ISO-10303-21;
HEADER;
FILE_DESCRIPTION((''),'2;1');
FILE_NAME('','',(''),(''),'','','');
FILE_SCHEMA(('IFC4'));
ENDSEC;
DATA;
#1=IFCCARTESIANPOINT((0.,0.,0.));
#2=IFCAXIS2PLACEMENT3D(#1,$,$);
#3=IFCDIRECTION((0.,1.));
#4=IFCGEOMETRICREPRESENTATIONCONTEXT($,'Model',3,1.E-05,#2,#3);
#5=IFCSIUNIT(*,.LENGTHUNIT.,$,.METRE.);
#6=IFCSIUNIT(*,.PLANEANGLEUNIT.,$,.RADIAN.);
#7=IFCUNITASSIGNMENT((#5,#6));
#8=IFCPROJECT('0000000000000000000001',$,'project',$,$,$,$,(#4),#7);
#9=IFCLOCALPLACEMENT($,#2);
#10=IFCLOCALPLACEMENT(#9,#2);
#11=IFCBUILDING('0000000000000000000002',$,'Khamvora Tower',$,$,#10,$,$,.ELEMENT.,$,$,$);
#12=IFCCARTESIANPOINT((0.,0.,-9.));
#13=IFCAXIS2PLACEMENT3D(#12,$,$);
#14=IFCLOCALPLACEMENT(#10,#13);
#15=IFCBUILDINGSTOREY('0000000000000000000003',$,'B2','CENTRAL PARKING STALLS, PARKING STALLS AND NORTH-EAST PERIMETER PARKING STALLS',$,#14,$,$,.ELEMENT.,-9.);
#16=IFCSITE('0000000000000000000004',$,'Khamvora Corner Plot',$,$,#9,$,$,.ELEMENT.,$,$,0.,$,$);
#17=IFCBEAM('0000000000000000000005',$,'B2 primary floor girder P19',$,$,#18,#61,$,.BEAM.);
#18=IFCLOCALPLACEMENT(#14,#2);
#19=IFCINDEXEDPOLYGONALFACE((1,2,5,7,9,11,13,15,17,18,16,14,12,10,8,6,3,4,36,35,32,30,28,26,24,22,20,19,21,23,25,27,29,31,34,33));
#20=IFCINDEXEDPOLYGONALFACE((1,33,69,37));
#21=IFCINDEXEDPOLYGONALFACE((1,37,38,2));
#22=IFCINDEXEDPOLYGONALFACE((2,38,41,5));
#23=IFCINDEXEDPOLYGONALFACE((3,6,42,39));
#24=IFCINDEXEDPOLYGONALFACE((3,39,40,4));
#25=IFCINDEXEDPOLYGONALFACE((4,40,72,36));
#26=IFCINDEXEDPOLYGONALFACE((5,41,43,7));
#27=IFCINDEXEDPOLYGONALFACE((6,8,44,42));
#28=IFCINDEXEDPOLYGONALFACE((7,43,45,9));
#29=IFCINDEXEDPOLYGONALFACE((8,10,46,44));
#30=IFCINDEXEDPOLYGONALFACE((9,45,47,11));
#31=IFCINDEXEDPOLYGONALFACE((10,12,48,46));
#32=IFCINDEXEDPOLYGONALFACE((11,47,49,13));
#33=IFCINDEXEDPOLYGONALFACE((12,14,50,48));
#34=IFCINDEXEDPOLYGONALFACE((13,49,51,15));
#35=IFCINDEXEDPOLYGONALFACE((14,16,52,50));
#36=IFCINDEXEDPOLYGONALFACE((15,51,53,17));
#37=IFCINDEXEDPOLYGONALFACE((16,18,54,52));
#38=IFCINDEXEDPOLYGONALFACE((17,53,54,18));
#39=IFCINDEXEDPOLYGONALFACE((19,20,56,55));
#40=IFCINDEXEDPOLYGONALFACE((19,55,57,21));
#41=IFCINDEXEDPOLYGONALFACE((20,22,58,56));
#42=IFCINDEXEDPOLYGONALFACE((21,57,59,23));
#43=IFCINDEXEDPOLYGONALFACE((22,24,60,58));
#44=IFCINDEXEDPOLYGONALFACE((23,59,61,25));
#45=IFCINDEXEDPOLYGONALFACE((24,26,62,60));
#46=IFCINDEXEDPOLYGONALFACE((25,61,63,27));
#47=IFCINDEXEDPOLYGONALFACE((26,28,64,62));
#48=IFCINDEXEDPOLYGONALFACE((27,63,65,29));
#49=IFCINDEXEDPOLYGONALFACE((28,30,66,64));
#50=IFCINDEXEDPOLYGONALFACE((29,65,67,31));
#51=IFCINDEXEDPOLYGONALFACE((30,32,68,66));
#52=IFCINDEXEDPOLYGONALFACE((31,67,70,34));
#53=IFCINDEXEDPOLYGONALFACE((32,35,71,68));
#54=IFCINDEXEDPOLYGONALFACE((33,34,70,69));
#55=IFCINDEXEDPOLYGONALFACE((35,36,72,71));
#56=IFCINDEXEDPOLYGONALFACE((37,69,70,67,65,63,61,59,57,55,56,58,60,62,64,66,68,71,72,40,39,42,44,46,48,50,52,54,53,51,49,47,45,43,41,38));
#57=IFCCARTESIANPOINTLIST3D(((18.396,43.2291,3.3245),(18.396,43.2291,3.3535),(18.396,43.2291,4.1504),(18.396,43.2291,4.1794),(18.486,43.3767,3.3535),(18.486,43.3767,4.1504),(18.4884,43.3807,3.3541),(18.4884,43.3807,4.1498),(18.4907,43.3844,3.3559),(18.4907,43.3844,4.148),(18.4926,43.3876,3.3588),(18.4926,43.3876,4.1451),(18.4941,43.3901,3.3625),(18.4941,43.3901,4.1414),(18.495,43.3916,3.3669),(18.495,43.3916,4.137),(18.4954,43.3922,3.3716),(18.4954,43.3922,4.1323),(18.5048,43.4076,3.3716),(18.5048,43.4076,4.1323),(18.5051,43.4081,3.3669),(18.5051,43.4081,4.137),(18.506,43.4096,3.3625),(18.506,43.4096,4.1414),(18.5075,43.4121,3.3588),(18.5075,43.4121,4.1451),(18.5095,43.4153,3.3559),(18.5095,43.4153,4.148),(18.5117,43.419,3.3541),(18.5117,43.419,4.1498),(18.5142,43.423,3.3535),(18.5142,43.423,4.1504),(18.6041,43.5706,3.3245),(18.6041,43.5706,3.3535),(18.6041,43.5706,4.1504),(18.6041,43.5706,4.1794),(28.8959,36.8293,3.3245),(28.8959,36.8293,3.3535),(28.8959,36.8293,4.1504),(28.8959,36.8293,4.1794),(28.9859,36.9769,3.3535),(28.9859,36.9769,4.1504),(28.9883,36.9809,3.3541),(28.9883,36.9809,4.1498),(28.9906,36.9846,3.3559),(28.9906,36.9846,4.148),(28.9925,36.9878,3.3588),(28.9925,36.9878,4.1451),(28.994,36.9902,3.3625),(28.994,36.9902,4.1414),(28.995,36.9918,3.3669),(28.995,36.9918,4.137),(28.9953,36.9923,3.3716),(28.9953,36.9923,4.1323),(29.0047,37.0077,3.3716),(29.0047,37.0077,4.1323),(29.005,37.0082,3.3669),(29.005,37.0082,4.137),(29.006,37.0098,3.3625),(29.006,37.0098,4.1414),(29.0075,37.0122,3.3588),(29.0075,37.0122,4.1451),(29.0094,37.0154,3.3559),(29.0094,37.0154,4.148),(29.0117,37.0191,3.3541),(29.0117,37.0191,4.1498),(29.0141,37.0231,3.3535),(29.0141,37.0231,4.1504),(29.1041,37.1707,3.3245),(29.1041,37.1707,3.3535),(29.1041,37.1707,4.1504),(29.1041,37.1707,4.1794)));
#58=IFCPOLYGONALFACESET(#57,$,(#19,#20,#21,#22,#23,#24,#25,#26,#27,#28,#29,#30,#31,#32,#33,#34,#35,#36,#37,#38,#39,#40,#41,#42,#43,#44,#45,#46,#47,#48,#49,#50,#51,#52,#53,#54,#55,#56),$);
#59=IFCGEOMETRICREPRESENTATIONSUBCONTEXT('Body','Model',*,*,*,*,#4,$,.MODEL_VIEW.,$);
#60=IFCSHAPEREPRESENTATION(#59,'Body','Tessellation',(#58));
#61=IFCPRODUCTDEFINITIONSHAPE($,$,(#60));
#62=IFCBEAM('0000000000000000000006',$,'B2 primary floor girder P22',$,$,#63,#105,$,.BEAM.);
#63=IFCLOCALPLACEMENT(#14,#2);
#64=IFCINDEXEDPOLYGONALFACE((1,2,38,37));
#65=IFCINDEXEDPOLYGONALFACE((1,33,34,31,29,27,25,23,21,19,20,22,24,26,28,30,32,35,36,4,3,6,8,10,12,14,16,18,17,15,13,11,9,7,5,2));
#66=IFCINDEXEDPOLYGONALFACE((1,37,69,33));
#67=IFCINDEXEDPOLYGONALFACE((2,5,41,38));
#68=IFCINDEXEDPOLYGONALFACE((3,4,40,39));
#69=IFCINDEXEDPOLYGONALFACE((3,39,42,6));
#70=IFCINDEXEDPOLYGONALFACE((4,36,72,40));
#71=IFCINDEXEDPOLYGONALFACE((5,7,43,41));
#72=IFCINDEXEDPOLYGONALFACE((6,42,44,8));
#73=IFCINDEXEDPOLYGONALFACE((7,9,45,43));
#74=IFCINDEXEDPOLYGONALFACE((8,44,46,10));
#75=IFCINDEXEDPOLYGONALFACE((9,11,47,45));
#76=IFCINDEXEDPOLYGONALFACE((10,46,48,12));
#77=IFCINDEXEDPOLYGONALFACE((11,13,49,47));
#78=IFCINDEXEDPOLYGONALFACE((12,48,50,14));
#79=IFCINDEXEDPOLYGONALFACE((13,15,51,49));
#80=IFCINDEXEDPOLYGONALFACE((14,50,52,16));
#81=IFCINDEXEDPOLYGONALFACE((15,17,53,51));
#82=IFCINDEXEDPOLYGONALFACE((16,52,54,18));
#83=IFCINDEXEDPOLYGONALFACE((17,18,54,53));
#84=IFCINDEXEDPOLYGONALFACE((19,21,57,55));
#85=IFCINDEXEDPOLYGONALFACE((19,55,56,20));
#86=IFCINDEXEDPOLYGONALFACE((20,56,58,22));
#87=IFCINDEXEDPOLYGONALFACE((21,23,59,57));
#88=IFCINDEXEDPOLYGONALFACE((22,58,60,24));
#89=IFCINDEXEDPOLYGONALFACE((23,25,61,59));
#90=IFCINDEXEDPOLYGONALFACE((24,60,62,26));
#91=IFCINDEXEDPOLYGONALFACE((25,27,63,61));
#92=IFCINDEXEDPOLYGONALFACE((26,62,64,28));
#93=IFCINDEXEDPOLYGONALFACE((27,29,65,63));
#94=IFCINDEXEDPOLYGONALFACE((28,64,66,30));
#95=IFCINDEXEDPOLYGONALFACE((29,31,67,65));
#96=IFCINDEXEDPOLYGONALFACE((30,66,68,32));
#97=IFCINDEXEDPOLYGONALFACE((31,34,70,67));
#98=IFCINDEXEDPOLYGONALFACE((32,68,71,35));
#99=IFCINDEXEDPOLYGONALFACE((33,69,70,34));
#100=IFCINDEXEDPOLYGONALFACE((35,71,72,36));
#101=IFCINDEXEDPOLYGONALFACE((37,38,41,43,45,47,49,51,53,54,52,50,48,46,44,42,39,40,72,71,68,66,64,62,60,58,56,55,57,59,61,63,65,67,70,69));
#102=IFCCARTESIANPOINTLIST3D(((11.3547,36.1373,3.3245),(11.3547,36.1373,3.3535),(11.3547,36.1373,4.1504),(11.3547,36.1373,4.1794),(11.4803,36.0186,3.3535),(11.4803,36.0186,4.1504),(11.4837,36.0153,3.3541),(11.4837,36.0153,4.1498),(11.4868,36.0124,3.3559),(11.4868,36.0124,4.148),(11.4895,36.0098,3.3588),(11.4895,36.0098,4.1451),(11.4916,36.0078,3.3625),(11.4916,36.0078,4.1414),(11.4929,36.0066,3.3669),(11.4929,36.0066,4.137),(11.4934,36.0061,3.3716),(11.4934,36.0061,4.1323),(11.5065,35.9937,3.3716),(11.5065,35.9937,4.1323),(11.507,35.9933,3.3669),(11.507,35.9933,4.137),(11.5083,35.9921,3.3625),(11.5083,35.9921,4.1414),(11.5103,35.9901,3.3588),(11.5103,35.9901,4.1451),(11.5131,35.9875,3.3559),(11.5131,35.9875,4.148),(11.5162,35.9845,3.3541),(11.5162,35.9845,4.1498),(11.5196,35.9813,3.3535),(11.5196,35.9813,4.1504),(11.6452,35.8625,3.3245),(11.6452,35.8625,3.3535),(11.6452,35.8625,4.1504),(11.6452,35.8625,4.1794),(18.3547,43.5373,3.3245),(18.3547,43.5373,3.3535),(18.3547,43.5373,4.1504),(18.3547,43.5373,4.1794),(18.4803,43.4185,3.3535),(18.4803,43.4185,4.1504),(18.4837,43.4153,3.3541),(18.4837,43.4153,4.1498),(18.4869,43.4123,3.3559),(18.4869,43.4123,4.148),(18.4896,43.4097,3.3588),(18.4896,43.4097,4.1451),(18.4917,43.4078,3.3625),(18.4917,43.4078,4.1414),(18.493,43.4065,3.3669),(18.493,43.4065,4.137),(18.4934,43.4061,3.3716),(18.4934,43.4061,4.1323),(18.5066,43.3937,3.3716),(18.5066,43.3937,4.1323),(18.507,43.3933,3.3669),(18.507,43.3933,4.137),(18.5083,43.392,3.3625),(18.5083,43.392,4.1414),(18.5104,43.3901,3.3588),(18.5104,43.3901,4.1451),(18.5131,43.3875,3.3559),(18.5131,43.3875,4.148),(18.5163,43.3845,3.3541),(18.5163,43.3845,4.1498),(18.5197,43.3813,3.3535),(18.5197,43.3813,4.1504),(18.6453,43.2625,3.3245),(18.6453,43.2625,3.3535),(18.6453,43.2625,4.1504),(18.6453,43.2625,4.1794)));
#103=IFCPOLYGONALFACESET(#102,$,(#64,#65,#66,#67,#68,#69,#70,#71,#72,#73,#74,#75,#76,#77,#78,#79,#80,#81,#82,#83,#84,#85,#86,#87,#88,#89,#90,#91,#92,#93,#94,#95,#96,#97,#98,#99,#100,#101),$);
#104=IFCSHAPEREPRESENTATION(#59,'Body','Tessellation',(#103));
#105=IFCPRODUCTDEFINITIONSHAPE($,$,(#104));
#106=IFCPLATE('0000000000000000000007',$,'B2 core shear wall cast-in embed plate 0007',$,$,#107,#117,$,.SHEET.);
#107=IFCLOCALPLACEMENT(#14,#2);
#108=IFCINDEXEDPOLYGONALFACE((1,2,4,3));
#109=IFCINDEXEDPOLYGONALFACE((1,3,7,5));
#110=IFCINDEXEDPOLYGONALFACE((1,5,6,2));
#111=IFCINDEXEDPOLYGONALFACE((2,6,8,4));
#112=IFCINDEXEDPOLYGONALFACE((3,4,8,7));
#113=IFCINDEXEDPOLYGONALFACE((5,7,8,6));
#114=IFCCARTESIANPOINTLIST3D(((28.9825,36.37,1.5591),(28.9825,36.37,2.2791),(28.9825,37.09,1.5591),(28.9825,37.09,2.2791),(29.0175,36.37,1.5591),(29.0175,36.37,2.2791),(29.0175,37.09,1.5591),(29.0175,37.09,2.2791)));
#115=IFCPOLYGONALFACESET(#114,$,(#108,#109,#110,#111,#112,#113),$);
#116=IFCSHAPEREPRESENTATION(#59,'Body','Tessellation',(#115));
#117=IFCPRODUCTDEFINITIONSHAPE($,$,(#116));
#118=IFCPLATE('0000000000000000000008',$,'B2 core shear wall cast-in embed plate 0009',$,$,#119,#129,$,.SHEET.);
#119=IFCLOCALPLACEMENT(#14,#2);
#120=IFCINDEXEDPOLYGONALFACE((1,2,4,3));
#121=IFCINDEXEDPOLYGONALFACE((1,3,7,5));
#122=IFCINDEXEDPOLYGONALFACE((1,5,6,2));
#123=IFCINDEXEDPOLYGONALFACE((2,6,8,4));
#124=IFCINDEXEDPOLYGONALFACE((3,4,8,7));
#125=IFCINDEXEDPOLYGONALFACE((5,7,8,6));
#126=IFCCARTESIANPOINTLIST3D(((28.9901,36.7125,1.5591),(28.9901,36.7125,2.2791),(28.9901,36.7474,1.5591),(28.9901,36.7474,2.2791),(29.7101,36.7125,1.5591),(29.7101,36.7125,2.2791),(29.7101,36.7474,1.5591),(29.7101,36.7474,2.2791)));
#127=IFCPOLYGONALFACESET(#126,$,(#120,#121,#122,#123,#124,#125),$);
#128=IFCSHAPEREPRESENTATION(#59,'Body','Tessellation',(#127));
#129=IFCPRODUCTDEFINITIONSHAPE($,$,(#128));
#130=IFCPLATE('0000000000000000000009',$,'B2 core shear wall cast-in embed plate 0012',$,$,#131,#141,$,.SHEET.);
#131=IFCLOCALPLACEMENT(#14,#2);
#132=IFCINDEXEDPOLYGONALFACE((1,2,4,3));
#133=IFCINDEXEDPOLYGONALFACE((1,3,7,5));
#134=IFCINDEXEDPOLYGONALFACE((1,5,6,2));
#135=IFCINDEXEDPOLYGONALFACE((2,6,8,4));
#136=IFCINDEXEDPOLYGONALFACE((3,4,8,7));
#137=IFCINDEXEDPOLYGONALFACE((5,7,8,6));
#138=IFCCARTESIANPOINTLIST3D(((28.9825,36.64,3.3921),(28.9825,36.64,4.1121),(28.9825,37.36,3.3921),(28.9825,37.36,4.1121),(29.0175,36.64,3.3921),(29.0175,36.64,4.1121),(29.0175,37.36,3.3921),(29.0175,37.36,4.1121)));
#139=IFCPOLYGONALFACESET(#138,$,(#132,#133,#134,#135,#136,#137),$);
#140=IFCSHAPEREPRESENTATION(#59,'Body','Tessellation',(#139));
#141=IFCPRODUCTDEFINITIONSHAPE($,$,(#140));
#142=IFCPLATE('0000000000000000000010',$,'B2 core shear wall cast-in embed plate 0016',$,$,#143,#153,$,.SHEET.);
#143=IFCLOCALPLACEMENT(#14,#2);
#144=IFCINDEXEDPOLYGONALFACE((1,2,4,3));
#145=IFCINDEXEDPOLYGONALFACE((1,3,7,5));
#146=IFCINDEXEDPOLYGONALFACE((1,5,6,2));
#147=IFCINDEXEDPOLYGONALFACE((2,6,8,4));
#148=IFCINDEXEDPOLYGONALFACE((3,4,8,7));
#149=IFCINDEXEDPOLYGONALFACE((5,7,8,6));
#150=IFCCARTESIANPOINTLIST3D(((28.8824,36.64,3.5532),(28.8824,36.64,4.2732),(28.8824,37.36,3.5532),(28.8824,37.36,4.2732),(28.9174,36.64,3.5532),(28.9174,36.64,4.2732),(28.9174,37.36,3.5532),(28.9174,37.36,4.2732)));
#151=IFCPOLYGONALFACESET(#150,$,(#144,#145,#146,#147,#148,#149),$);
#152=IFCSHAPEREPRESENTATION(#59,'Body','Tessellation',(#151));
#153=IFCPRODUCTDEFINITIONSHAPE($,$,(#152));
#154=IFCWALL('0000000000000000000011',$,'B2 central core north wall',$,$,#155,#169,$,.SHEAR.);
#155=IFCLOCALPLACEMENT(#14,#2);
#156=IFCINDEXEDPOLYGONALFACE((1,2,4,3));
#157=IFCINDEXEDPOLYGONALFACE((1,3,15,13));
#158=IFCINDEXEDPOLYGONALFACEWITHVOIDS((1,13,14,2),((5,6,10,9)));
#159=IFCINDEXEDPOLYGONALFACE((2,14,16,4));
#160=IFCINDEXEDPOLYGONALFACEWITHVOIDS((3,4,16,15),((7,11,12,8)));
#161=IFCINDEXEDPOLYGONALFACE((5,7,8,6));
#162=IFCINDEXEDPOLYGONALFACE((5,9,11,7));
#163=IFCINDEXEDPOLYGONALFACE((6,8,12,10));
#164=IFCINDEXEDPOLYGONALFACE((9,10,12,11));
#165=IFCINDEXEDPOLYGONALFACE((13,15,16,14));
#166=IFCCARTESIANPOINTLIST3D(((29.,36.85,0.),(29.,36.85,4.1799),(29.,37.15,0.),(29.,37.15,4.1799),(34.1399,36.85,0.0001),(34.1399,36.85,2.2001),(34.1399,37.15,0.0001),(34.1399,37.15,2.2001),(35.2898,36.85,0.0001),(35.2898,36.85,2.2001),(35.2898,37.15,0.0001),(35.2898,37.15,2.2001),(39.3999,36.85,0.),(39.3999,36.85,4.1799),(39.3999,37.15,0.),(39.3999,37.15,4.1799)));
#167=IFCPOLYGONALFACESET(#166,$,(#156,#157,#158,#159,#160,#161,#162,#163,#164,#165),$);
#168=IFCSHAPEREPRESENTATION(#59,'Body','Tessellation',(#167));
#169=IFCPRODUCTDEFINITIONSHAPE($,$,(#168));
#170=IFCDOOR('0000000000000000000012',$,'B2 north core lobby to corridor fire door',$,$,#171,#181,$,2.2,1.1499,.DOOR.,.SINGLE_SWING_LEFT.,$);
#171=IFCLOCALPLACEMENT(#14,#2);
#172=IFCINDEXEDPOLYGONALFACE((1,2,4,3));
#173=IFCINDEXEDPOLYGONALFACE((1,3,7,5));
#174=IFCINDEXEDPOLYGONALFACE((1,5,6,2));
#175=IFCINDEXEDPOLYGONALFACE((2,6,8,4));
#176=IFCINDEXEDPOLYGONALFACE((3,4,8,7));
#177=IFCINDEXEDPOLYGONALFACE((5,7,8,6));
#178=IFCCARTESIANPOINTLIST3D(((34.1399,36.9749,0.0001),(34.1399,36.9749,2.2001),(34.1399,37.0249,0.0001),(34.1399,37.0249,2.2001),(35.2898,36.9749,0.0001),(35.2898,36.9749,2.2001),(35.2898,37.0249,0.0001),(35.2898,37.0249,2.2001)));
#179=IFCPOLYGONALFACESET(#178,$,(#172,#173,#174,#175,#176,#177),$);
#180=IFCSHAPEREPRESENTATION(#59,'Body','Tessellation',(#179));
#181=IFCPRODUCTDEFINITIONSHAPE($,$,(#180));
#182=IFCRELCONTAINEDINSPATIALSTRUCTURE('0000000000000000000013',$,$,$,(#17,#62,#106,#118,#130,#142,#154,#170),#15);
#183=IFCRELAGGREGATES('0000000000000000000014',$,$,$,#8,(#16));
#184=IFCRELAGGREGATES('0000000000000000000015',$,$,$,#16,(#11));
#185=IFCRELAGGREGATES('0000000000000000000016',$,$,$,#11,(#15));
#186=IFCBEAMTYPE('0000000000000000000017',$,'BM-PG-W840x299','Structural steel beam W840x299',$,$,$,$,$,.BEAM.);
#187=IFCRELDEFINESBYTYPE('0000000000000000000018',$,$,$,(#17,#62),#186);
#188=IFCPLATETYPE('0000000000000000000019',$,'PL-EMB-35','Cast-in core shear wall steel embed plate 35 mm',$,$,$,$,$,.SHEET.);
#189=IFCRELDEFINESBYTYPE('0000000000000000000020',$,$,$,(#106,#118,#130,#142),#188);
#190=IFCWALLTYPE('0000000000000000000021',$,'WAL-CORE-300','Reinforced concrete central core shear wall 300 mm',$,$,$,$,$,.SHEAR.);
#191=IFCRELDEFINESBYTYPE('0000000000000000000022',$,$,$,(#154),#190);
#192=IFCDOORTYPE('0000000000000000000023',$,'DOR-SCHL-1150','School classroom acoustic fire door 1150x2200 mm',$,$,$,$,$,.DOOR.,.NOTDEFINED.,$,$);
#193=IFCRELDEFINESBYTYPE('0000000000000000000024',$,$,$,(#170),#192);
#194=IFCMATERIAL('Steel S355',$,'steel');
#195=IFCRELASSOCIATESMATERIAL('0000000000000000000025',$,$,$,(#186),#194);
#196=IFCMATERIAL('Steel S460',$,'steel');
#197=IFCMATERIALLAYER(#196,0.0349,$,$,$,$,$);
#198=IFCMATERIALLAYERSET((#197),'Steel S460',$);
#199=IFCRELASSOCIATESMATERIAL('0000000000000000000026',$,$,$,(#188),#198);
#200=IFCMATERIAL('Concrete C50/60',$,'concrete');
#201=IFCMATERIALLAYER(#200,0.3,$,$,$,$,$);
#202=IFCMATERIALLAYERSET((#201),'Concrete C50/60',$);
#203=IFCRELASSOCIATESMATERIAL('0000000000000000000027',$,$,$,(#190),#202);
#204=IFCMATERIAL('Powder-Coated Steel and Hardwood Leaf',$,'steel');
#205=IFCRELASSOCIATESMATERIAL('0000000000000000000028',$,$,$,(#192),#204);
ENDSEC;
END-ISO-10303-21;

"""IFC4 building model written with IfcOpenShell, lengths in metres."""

from ifc_helpers import new_model, si_unit, direction, frame, frame_2d, origin, origin_2d, place, context, subcontext, project, spatial, rectangle, i_section, extrude, material, layer, layer_set, material_profile, profile_set, type_object, element, fill, save


model = new_model("IFC4")

# Units and contexts
model_context = context("Model", 3, precision=1e-05, world=origin(), true_north=direction((0.0, 1.0)))
body_context = subcontext(model_context, "Body", "Model", "MODEL_VIEW")
ifc_project = project(units=[si_unit("LENGTHUNIT", "METRE"), si_unit("PLANEANGLEUNIT", "RADIAN")], contexts=[model_context])

# Site, building, storey
site_placement = place(None, origin())
site = spatial("IfcSite", under=ifc_project, at=site_placement, Name="Khamvora Corner Plot", CompositionType="ELEMENT", RefElevation=0.0)
building_placement = place(site_placement, origin())
building = spatial("IfcBuilding", under=site, at=building_placement, Name="Khamvora Tower", CompositionType="ELEMENT")
storey_placement = place(building_placement, frame((0.0, 0.0, -9.0)))
storey = spatial("IfcBuildingStorey", under=building, at=storey_placement, Name="B2", Description="CENTRAL PARKING STALLS, PARKING STALLS AND NORTH-EAST PERIMETER PARKING STALLS", CompositionType="ELEMENT", Elevation=-9.0)

# Shared definitions
ifc_material_1 = material(Name="Steel S460", Category="steel")

# Beams
ifc_material_2 = material(Name="Steel S355", Category="steel")
ifc_material_profile_1 = material_profile(ifc_material_2, i_section(OverallWidth=0.3999, OverallDepth=0.855, WebThickness=0.0181, FlangeThickness=0.0291, FilletRadius=0.0181, at=origin_2d()), Name="W840x299")
ifc_profile_set_1 = profile_set([ifc_material_profile_1], Name="Steel S355")
beam_type_1 = type_object("IfcBeamType", Name="BM-PG-W840x299", Description="Structural steel beam W840x299", PredefinedType="BEAM", material=ifc_profile_set_1)
beam_1_placement = place(storey_placement, frame((29.0, 37.0, 3.752), z_axis=(-0.853888, 0.520457, 0.0), x_axis=(-0.520457, -0.853888, 0.0)))
element("IfcBeam", 1, at=beam_1_placement, inside=storey, type_object=beam_type_1, Name="B2 primary floor girder P19", PredefinedType="BEAM", context=body_context, shape_type="SweptSolid", body=[
    extrude(i_section(OverallWidth=0.3999, OverallDepth=0.855, WebThickness=0.0181, FlangeThickness=0.0291, FilletRadius=0.0181, at=origin_2d()), origin(), (0.0, 0.0, 1.0), 12.2966),
])
beam_2_placement = place(storey_placement, frame((18.5, 43.3999, 3.752), z_axis=(-0.687205, -0.726464, 0.0), x_axis=(0.726464, -0.687205, 0.0)))
element("IfcBeam", 2, at=beam_2_placement, inside=storey, type_object=beam_type_1, Name="B2 primary floor girder P22", PredefinedType="BEAM", context=body_context, shape_type="SweptSolid", body=[
    extrude(i_section(OverallWidth=0.3999, OverallDepth=0.855, WebThickness=0.0181, FlangeThickness=0.0291, FilletRadius=0.0181, at=origin_2d()), origin(), (0.0, 0.0, 1.0), 10.1863),
])

# Plates
ifc_layer_1 = layer(ifc_material_1, 0.0349)
ifc_layer_set_1 = layer_set([ifc_layer_1], Name="Steel S460")
plate_type = type_object("IfcPlateType", Name="PL-EMB-35", Description="Cast-in core shear wall steel embed plate 35 mm", PredefinedType="SHEET", material=ifc_layer_set_1)
plate_1_placement = place(storey_placement, frame((29.0, 36.73, 1.5591), z_axis=(0.0, 0.0, 1.0), x_axis=(1.0, 0.0, 0.0)))
element("IfcPlate", 3, at=plate_1_placement, inside=storey, type_object=plate_type, Name="B2 core shear wall cast-in embed plate 0007", PredefinedType="SHEET", context=body_context, shape_type="SweptSolid", body=[
    extrude(rectangle(XDim=0.0349, YDim=0.72, at=origin_2d()), origin(), (0.0, 0.0, 1.0), 0.72),
])
plate_2_placement = place(storey_placement, frame((29.3501, 36.73, 1.5591), z_axis=(0.0, 0.0, 1.0), x_axis=(1.0, 0.0, 0.0)))
element("IfcPlate", 4, at=plate_2_placement, inside=storey, type_object=plate_type, Name="B2 core shear wall cast-in embed plate 0009", PredefinedType="SHEET", context=body_context, shape_type="SweptSolid", body=[
    extrude(rectangle(XDim=0.72, YDim=0.0349, at=origin_2d()), origin(), (0.0, 0.0, 1.0), 0.72),
])
for number, where, z_axis, x_axis, name in (
    (5, (29.0, 37.0, 3.3921), (0.0, 0.0, 1.0), (1.0, 0.0, 0.0), "B2 core shear wall cast-in embed plate 0012"),
    (6, (28.8999, 37.0, 3.5532), (0.0, 0.0, 1.0), (1.0, 0.0, 0.0), "B2 core shear wall cast-in embed plate 0016"),
):
    element("IfcPlate", number, at=place(storey_placement, frame(where, z_axis=z_axis, x_axis=x_axis)), inside=storey, type_object=plate_type, Name=name, PredefinedType="SHEET", context=body_context, shape_type="SweptSolid", body=[
        extrude(rectangle(XDim=0.0349, YDim=0.72, at=origin_2d()), origin(), (0.0, 0.0, 1.0), 0.72),
    ])

# Wall, opening, door
ifc_material_3 = material(Name="Concrete C50/60", Category="concrete")
ifc_layer_2 = layer(ifc_material_3, 0.3)
ifc_layer_set_2 = layer_set([ifc_layer_2], Name="Concrete C50/60")
wall_type_1 = type_object("IfcWallType", Name="WAL-CORE-300", Description="Reinforced concrete central core shear wall 300 mm", PredefinedType="SHEAR", material=ifc_layer_set_2)
wall_1_placement = place(storey_placement, frame((29.0, 37.0, 0.0), z_axis=(0.0, 0.0, 1.0), x_axis=(1.0, 0.0, 0.0)))
wall_1 = element("IfcWall", 7, at=wall_1_placement, inside=storey, type_object=wall_type_1, Name="B2 central core north wall", PredefinedType="SHEAR", context=body_context, shape_type="SweptSolid", body=[
    extrude(rectangle(XDim=10.3999, YDim=0.3, at=frame_2d((5.2, 0.0))), origin(), (0.0, 0.0, 1.0), 4.1799),
])
opening_1_placement = place(wall_1_placement, frame((5.1399, 0.0, 0.0)))
opening_1 = element("IfcOpeningElement", 8, at=opening_1_placement, cuts=wall_1, PredefinedType="OPENING", context=body_context, shape_type="SweptSolid", body=[
    extrude(rectangle(XDim=1.1499, YDim=2.2, at=frame_2d((0.575, 1.1001))), frame((0.0, 0.1599, 0.0), z_axis=(0.0, -1.0, 0.0), x_axis=(1.0, 0.0, 0.0)), (0.0, 0.0, 1.0), 0.3201),
])
ifc_material_4 = material(Name="Powder-Coated Steel and Hardwood Leaf", Category="steel")
door_type_1 = type_object("IfcDoorType", Name="DOR-SCHL-1150", Description="School classroom acoustic fire door 1150x2200 mm", OperationType="NOTDEFINED", PredefinedType="DOOR", material=ifc_material_4)
door_1_placement = place(opening_1_placement, origin())
door_1 = element("IfcDoor", 9, at=door_1_placement, inside=storey, type_object=door_type_1, Name="B2 north core lobby to corridor fire door", OperationType="SINGLE_SWING_LEFT", OverallHeight=2.2, OverallWidth=1.1499, PredefinedType="DOOR", context=body_context, shape_type="SweptSolid", body=[
    extrude(rectangle(XDim=1.1499, YDim=2.2, at=frame_2d((0.575, 1.1001))), frame((0.0, 0.0249, 0.0), z_axis=(0.0, -1.0, 0.0), x_axis=(1.0, 0.0, 0.0)), (0.0, 0.0, 1.0), 0.05),
])
fill(opening_1, door_1)

save(model, "model.ifc")
